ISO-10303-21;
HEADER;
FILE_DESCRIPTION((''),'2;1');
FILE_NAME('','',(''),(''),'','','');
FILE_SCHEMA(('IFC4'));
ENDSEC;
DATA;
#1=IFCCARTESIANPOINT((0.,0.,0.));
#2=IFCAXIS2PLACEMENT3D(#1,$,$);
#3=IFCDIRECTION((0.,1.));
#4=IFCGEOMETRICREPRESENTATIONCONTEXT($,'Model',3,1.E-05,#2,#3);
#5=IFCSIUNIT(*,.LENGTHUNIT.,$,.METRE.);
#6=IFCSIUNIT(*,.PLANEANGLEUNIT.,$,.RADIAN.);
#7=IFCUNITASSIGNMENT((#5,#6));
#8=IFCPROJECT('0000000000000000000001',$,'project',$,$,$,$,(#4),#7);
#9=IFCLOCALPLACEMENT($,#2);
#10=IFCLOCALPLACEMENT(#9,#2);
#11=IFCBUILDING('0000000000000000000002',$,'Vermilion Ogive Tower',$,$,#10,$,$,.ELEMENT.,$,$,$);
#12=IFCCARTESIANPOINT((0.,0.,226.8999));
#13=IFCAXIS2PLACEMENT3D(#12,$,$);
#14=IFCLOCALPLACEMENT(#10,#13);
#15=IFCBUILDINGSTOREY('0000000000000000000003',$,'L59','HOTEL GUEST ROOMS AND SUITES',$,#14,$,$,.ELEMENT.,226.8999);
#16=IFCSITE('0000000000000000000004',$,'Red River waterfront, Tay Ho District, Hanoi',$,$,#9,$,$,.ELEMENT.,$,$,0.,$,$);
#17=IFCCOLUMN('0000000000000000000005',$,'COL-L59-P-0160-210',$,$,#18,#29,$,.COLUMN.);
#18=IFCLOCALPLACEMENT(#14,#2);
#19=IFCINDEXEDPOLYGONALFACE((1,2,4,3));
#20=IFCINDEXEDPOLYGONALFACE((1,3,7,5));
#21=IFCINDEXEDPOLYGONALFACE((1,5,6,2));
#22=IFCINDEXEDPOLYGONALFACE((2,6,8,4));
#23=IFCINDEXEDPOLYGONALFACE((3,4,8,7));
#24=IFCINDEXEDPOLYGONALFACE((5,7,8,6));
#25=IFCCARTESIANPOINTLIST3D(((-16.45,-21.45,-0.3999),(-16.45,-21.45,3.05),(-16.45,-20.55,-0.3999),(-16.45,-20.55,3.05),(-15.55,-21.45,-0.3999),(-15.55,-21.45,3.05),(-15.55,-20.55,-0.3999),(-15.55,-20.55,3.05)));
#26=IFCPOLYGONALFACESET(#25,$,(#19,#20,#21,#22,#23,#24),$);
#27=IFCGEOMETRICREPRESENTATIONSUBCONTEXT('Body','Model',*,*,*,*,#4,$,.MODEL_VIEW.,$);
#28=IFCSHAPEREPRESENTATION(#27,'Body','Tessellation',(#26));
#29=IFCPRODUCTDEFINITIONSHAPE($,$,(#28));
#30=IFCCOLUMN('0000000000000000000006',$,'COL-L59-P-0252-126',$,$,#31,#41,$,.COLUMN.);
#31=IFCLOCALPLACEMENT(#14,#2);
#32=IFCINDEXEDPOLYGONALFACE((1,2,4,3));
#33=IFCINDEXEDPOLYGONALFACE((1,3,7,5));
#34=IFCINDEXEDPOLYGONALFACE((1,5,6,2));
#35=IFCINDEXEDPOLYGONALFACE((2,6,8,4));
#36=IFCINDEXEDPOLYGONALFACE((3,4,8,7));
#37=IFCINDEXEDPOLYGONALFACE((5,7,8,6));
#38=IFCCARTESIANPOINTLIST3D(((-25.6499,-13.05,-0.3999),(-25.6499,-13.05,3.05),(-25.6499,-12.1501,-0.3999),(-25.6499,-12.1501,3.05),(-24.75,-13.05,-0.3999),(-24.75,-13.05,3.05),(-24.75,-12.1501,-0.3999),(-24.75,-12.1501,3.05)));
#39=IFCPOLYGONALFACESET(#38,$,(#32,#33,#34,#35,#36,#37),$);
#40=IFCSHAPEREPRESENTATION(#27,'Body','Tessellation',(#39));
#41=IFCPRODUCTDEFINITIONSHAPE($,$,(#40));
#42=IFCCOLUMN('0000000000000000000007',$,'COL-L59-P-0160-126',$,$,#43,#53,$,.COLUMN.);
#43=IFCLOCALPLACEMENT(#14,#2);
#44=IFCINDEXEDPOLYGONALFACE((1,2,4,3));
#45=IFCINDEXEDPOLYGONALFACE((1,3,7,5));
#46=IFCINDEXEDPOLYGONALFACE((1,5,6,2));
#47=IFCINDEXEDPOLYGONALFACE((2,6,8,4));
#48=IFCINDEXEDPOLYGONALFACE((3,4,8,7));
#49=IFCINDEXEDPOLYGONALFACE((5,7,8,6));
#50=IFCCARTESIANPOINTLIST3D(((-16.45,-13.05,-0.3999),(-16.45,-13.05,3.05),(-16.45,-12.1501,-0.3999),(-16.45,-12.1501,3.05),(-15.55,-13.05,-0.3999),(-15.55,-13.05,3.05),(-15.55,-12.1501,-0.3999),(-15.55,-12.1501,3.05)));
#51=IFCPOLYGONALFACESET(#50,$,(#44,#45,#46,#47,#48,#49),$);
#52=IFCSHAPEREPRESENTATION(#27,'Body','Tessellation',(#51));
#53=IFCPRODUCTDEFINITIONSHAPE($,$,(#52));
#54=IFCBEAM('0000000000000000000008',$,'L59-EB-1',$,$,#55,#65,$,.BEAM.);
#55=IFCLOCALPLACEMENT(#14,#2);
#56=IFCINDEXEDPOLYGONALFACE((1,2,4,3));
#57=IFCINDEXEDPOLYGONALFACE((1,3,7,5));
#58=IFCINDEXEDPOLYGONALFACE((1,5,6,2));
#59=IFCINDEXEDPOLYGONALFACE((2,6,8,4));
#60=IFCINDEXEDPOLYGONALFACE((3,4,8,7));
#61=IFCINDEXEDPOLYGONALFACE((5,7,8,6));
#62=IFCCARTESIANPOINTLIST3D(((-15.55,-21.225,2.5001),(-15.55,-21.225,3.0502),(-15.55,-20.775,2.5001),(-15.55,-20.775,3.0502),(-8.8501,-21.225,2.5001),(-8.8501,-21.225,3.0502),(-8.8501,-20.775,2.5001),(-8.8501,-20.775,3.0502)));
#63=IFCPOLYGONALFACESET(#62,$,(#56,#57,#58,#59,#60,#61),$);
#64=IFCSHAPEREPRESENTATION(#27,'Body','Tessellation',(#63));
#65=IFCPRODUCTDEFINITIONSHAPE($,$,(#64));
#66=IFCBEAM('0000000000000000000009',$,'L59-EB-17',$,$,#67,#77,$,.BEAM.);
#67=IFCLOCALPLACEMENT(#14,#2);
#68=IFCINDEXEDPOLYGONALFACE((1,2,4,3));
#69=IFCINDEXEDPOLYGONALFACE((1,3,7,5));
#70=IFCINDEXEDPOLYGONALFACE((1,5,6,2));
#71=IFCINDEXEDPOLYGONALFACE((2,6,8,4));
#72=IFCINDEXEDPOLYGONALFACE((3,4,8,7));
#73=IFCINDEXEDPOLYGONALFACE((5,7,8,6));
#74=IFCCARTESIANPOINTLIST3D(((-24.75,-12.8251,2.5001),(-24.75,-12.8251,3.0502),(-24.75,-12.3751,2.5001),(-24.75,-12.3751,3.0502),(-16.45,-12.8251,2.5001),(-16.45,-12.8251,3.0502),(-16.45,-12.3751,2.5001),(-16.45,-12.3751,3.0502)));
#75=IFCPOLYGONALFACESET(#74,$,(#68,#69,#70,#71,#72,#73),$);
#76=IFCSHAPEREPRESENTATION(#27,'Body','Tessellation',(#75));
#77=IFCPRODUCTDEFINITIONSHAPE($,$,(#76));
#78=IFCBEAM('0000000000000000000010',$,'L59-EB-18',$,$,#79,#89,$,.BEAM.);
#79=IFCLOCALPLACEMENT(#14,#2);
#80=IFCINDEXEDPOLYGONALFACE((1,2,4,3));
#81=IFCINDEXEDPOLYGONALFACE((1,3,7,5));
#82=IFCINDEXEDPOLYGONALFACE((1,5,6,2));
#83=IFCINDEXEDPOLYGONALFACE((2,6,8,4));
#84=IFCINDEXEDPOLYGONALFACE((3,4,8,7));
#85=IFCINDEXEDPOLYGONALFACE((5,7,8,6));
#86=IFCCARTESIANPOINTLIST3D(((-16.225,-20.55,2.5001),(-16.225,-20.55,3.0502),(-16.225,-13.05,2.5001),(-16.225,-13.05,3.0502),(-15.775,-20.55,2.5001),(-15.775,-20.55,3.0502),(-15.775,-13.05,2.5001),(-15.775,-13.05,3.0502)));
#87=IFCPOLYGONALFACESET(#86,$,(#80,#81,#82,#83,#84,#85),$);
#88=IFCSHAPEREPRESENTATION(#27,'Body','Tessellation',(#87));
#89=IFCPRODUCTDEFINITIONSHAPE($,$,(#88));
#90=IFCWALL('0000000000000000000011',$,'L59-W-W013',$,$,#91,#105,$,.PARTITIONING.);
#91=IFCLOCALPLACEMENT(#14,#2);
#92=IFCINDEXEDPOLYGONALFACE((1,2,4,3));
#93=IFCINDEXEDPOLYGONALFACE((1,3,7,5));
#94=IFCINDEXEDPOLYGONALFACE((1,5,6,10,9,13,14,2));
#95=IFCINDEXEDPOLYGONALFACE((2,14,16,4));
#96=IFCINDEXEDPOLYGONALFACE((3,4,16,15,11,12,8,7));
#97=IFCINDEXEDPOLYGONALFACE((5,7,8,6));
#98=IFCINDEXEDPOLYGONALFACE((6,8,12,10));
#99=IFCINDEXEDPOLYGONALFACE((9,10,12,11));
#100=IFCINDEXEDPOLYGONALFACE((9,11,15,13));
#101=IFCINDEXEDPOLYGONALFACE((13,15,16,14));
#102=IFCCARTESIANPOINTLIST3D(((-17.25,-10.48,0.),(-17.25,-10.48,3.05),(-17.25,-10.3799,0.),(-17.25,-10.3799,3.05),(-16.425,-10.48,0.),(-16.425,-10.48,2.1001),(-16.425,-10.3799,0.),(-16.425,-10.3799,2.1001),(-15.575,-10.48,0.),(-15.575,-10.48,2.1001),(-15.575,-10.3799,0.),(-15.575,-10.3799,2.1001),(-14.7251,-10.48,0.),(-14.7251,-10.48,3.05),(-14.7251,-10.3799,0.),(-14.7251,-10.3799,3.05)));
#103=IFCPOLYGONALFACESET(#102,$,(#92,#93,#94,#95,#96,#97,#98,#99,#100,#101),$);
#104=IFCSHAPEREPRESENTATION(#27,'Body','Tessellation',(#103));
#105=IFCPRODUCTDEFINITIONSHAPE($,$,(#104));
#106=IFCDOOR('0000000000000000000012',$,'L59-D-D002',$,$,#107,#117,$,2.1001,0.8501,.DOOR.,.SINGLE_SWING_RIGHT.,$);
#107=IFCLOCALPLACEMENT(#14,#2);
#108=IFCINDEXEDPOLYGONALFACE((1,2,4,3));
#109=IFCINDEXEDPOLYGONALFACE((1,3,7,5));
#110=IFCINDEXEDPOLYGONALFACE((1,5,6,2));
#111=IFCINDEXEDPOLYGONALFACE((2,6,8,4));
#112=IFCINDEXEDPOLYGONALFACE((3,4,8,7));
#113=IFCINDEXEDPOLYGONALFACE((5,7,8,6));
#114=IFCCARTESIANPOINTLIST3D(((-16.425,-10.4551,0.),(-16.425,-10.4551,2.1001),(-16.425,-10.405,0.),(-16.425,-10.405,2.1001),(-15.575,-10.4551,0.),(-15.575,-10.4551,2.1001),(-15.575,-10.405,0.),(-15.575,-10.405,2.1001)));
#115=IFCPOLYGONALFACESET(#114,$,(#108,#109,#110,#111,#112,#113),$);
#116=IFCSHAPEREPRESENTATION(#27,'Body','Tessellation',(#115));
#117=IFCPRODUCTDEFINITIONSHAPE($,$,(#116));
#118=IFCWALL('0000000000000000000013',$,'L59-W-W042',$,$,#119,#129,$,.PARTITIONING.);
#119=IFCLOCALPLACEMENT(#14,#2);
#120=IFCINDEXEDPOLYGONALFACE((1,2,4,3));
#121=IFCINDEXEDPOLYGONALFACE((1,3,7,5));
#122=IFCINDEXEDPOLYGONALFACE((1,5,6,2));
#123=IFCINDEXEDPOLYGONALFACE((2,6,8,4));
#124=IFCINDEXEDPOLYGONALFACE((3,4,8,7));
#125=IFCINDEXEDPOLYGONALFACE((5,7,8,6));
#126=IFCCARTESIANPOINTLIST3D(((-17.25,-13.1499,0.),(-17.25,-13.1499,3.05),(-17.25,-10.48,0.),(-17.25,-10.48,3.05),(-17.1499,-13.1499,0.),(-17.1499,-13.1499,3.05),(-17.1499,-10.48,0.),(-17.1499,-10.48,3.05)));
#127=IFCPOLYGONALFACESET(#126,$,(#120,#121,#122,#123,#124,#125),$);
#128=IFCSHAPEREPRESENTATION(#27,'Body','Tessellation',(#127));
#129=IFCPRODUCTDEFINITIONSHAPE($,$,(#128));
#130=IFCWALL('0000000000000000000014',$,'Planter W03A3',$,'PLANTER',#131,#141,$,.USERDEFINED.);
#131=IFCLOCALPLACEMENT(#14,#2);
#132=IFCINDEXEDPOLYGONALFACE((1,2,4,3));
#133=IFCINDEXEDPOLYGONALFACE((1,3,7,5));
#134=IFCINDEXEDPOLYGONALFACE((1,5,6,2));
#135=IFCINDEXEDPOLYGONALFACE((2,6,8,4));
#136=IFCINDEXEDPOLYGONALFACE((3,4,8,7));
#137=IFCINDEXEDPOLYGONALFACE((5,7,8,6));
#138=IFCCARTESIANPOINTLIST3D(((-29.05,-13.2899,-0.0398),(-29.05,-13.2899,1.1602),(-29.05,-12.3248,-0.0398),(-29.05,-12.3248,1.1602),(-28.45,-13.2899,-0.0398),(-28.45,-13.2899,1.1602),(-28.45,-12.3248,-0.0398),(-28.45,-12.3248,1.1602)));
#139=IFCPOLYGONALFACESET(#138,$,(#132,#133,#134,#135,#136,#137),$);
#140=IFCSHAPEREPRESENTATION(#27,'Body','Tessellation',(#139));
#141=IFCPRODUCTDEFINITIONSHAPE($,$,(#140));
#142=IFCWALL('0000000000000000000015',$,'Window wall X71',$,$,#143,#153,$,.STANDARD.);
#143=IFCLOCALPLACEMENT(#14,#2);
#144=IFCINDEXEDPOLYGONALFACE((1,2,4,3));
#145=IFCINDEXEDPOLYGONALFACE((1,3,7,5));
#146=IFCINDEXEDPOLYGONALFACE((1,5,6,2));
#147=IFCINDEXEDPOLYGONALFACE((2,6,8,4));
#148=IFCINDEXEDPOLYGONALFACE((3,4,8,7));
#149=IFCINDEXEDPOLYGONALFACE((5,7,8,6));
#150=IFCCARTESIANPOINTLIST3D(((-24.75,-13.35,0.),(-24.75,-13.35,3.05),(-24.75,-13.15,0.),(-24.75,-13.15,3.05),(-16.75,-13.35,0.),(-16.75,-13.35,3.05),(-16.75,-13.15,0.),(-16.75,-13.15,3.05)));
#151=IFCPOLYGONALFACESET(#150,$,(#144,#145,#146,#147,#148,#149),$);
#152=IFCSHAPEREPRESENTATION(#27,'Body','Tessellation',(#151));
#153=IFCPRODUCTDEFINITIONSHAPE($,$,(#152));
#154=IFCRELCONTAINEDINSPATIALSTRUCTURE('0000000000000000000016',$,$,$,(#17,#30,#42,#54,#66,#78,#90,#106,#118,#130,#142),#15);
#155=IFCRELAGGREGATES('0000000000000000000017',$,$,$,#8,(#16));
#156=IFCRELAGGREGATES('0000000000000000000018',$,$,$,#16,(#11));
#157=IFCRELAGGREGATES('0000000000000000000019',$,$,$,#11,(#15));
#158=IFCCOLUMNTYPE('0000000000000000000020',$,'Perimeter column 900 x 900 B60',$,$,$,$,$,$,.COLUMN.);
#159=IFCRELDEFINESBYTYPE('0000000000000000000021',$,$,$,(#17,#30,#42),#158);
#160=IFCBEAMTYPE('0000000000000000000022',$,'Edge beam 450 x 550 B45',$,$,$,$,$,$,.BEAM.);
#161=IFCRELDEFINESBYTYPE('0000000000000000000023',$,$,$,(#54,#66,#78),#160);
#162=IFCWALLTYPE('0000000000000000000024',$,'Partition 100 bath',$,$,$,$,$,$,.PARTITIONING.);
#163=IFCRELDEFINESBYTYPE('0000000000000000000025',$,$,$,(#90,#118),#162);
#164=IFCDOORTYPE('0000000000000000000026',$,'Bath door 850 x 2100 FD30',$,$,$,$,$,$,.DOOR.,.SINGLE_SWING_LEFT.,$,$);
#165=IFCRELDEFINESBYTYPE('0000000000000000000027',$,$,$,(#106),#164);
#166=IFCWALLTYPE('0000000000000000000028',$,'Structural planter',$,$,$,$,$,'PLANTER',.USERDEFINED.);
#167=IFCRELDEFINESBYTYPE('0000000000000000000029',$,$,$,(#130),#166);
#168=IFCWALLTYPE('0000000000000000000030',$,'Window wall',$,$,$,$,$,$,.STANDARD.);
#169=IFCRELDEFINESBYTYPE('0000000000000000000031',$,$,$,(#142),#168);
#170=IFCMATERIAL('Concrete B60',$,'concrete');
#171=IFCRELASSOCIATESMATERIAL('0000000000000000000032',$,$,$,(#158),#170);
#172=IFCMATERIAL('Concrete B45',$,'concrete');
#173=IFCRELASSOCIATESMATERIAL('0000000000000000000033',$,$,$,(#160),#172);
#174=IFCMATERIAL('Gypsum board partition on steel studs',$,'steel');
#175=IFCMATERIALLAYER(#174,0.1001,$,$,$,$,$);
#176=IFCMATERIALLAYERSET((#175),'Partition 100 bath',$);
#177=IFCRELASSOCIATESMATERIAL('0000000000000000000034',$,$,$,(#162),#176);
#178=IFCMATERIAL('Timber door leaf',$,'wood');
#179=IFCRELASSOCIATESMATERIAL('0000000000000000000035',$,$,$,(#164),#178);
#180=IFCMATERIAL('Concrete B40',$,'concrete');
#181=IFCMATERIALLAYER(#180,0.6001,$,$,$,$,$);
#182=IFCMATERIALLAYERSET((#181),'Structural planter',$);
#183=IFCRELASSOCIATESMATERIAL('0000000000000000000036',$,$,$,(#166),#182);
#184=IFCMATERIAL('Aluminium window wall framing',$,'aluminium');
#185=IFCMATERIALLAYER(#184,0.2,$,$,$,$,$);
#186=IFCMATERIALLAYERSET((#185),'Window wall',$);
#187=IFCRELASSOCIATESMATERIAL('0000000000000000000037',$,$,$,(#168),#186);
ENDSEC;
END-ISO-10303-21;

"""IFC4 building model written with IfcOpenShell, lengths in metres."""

from ifc_helpers import new_model, si_unit, direction, frame, frame_2d, origin, origin_2d, place, context, subcontext, project, spatial, rectangle, extrude, material, layer, layer_set, material_profile, profile_set, type_object, element, fill, save


model = new_model("IFC4")

# Units and contexts
model_context = context("Model", 3, precision=1e-05, world=origin(), true_north=direction((0.0, 1.0)))
body_context = subcontext(model_context, "Body", "Model", "MODEL_VIEW")
ifc_project = project(units=[si_unit("LENGTHUNIT", "METRE"), si_unit("PLANEANGLEUNIT", "RADIAN")], contexts=[model_context])

# Site, building, storey
site_placement = place(None, origin())
site = spatial("IfcSite", under=ifc_project, at=site_placement, Name="Red River waterfront, Tay Ho District, Hanoi", CompositionType="ELEMENT", RefElevation=0.0)
building_placement = place(site_placement, origin())
building = spatial("IfcBuilding", under=site, at=building_placement, Name="Vermilion Ogive Tower", CompositionType="ELEMENT")
storey_placement = place(building_placement, frame((0.0, 0.0, 226.8999)))
storey = spatial("IfcBuildingStorey", under=building, at=storey_placement, Name="L59", Description="HOTEL GUEST ROOMS AND SUITES", CompositionType="ELEMENT", Elevation=226.8999)

# Columns
ifc_material_1 = material(Name="Concrete B60", Category="concrete")
ifc_material_profile_1 = material_profile(ifc_material_1, rectangle(XDim=0.8999, YDim=0.8999, at=origin_2d()), Name="900 x 900")
ifc_profile_set_1 = profile_set([ifc_material_profile_1], Name="Concrete B60")
column_type = type_object("IfcColumnType", Name="Perimeter column 900 x 900 B60", PredefinedType="COLUMN", material=ifc_profile_set_1)
for number, where, z_axis, x_axis, name in (
    (1, (-16.0, -21.0, -0.3999), (0.0, 0.0, 1.0), (1.0, 0.0, 0.0), "COL-L59-P-0160-210"),
    (2, (-25.2, -12.6001, -0.3999), (0.0, 0.0, 1.0), (1.0, 0.0, 0.0), "COL-L59-P-0252-126"),
    (3, (-16.0, -12.6001, -0.3999), (0.0, 0.0, 1.0), (1.0, 0.0, 0.0), "COL-L59-P-0160-126"),
):
    element("IfcColumn", number, at=place(storey_placement, frame(where, z_axis=z_axis, x_axis=x_axis)), inside=storey, type_object=column_type, Name=name, PredefinedType="COLUMN", context=body_context, shape_type="SweptSolid", body=[
        extrude(rectangle(XDim=0.8999, YDim=0.8999, at=origin_2d()), origin(), (0.0, 0.0, 1.0), 3.45),
    ])

# Beams
ifc_material_2 = material(Name="Concrete B45", Category="concrete")
ifc_material_profile_2 = material_profile(ifc_material_2, rectangle(XDim=0.45, YDim=0.55, at=origin_2d()), Name="450 x 550")
ifc_profile_set_2 = profile_set([ifc_material_profile_2], Name="Concrete B45")
beam_type = type_object("IfcBeamType", Name="Edge beam 450 x 550 B45", PredefinedType="BEAM", material=ifc_profile_set_2)
beam_1_placement = place(storey_placement, frame((-15.55, -21.0, 2.7751), z_axis=(1.0, 0.0, 0.0), x_axis=(0.0, 1.0, 0.0)))
element("IfcBeam", 4, at=beam_1_placement, inside=storey, type_object=beam_type, Name="L59-EB-1", PredefinedType="BEAM", context=body_context, shape_type="SweptSolid", body=[
    extrude(rectangle(XDim=0.45, YDim=0.55, at=origin_2d()), origin(), (0.0, 0.0, 1.0), 6.7),
])
beam_2_placement = place(storey_placement, frame((-24.75, -12.6001, 2.7751), z_axis=(1.0, 0.0, 0.0), x_axis=(0.0, 1.0, 0.0)))
element("IfcBeam", 5, at=beam_2_placement, inside=storey, type_object=beam_type, Name="L59-EB-17", PredefinedType="BEAM", context=body_context, shape_type="SweptSolid", body=[
    extrude(rectangle(XDim=0.45, YDim=0.55, at=origin_2d()), origin(), (0.0, 0.0, 1.0), 8.3),
])
beam_3_placement = place(storey_placement, frame((-16.0, -13.05, 2.7751), z_axis=(0.0, -1.0, 0.0), x_axis=(1.0, 0.0, 0.0)))
element("IfcBeam", 6, at=beam_3_placement, inside=storey, type_object=beam_type, Name="L59-EB-18", PredefinedType="BEAM", context=body_context, shape_type="SweptSolid", body=[
    extrude(rectangle(XDim=0.45, YDim=0.55, at=origin_2d()), origin(), (0.0, 0.0, 1.0), 7.5),
])

# Wall, opening, door
ifc_material_3 = material(Name="Gypsum board partition on steel studs", Category="steel")
ifc_layer_1 = layer(ifc_material_3, 0.1001)
ifc_layer_set_1 = layer_set([ifc_layer_1], Name="Partition 100 bath")
wall_type_1 = type_object("IfcWallType", Name="Partition 100 bath", PredefinedType="PARTITIONING", material=ifc_layer_set_1)
wall_1_placement = place(storey_placement, frame((-17.25, -10.4299, 0.0), z_axis=(0.0, 0.0, 1.0), x_axis=(1.0, 0.0, 0.0)))
wall_1 = element("IfcWall", 7, at=wall_1_placement, inside=storey, type_object=wall_type_1, Name="L59-W-W013", PredefinedType="PARTITIONING", context=body_context, shape_type="SweptSolid", body=[
    extrude(rectangle(XDim=2.5249, YDim=0.1001, at=frame_2d((1.2625, 0.0))), origin(), (0.0, 0.0, 1.0), 3.05),
])
opening_1_placement = place(wall_1_placement, frame((0.825, 0.0, 0.0)))
opening_1 = element("IfcOpeningElement", 8, at=opening_1_placement, cuts=wall_1, PredefinedType="OPENING", context=body_context, shape_type="SweptSolid", body=[
    extrude(rectangle(XDim=0.8501, YDim=2.1001, at=frame_2d((0.425, 1.05))), frame((0.0, 0.0601, 0.0), z_axis=(0.0, -1.0, 0.0), x_axis=(1.0, 0.0, 0.0)), (0.0, 0.0, 1.0), 0.1201),
])
ifc_material_4 = material(Name="Timber door leaf", Category="wood")
door_type = type_object("IfcDoorType", Name="Bath door 850 x 2100 FD30", OperationType="SINGLE_SWING_LEFT", PredefinedType="DOOR", material=ifc_material_4)
door_placement = place(opening_1_placement, origin())
door = element("IfcDoor", 9, at=door_placement, inside=storey, type_object=door_type, Name="L59-D-D002", OperationType="SINGLE_SWING_RIGHT", OverallHeight=2.1001, OverallWidth=0.8501, PredefinedType="DOOR", context=body_context, shape_type="SweptSolid", body=[
    extrude(rectangle(XDim=0.8501, YDim=2.1001, at=frame_2d((0.425, 1.05))), frame((0.0, 0.0249, 0.0), z_axis=(0.0, -1.0, 0.0), x_axis=(1.0, 0.0, 0.0)), (0.0, 0.0, 1.0), 0.05),
])
fill(opening_1, door)

# Walls
wall_2_placement = place(storey_placement, frame((-17.2, -13.1499, 0.0), z_axis=(0.0, 0.0, 1.0), x_axis=(0.0, 1.0, 0.0)))
element("IfcWall", 10, at=wall_2_placement, inside=storey, type_object=wall_type_1, Name="L59-W-W042", PredefinedType="PARTITIONING", context=body_context, shape_type="SweptSolid", body=[
    extrude(rectangle(XDim=2.6699, YDim=0.1001, at=frame_2d((1.335, 0.0))), origin(), (0.0, 0.0, 1.0), 3.05),
])
ifc_material_5 = material(Name="Concrete B40", Category="concrete")
ifc_layer_2 = layer(ifc_material_5, 0.6001)
ifc_layer_set_2 = layer_set([ifc_layer_2], Name="Structural planter")
wall_type_2 = type_object("IfcWallType", Name="Structural planter", ElementType="PLANTER", PredefinedType="USERDEFINED", material=ifc_layer_set_2)
wall_3_placement = place(storey_placement, frame((-28.75, -12.325, -0.0398), z_axis=(0.0, 0.0, 1.0), x_axis=(0.0, -1.0, 0.0)))
element("IfcWall", 11, at=wall_3_placement, inside=storey, type_object=wall_type_2, Name="Planter W03A3", ObjectType="PLANTER", PredefinedType="USERDEFINED", context=body_context, shape_type="SweptSolid", body=[
    extrude(rectangle(XDim=0.9651, YDim=0.6001, at=frame_2d((0.4824, 0.0))), origin(), (0.0, 0.0, 1.0), 1.2),
])
ifc_material_6 = material(Name="Aluminium window wall framing", Category="aluminium")
ifc_layer_3 = layer(ifc_material_6, 0.2)
ifc_layer_set_3 = layer_set([ifc_layer_3], Name="Window wall")
wall_type_3 = type_object("IfcWallType", Name="Window wall", PredefinedType="STANDARD", material=ifc_layer_set_3)
wall_4_placement = place(storey_placement, frame((-24.75, -13.25, 0.0), z_axis=(0.0, 0.0, 1.0), x_axis=(1.0, 0.0, 0.0)))
element("IfcWall", 12, at=wall_4_placement, inside=storey, type_object=wall_type_3, Name="Window wall X71", PredefinedType="STANDARD", context=body_context, shape_type="SweptSolid", body=[
    extrude(rectangle(XDim=8.0, YDim=0.2, at=frame_2d((4.0, 0.0))), origin(), (0.0, 0.0, 1.0), 3.05),
])

save(model, "model.ifc")
